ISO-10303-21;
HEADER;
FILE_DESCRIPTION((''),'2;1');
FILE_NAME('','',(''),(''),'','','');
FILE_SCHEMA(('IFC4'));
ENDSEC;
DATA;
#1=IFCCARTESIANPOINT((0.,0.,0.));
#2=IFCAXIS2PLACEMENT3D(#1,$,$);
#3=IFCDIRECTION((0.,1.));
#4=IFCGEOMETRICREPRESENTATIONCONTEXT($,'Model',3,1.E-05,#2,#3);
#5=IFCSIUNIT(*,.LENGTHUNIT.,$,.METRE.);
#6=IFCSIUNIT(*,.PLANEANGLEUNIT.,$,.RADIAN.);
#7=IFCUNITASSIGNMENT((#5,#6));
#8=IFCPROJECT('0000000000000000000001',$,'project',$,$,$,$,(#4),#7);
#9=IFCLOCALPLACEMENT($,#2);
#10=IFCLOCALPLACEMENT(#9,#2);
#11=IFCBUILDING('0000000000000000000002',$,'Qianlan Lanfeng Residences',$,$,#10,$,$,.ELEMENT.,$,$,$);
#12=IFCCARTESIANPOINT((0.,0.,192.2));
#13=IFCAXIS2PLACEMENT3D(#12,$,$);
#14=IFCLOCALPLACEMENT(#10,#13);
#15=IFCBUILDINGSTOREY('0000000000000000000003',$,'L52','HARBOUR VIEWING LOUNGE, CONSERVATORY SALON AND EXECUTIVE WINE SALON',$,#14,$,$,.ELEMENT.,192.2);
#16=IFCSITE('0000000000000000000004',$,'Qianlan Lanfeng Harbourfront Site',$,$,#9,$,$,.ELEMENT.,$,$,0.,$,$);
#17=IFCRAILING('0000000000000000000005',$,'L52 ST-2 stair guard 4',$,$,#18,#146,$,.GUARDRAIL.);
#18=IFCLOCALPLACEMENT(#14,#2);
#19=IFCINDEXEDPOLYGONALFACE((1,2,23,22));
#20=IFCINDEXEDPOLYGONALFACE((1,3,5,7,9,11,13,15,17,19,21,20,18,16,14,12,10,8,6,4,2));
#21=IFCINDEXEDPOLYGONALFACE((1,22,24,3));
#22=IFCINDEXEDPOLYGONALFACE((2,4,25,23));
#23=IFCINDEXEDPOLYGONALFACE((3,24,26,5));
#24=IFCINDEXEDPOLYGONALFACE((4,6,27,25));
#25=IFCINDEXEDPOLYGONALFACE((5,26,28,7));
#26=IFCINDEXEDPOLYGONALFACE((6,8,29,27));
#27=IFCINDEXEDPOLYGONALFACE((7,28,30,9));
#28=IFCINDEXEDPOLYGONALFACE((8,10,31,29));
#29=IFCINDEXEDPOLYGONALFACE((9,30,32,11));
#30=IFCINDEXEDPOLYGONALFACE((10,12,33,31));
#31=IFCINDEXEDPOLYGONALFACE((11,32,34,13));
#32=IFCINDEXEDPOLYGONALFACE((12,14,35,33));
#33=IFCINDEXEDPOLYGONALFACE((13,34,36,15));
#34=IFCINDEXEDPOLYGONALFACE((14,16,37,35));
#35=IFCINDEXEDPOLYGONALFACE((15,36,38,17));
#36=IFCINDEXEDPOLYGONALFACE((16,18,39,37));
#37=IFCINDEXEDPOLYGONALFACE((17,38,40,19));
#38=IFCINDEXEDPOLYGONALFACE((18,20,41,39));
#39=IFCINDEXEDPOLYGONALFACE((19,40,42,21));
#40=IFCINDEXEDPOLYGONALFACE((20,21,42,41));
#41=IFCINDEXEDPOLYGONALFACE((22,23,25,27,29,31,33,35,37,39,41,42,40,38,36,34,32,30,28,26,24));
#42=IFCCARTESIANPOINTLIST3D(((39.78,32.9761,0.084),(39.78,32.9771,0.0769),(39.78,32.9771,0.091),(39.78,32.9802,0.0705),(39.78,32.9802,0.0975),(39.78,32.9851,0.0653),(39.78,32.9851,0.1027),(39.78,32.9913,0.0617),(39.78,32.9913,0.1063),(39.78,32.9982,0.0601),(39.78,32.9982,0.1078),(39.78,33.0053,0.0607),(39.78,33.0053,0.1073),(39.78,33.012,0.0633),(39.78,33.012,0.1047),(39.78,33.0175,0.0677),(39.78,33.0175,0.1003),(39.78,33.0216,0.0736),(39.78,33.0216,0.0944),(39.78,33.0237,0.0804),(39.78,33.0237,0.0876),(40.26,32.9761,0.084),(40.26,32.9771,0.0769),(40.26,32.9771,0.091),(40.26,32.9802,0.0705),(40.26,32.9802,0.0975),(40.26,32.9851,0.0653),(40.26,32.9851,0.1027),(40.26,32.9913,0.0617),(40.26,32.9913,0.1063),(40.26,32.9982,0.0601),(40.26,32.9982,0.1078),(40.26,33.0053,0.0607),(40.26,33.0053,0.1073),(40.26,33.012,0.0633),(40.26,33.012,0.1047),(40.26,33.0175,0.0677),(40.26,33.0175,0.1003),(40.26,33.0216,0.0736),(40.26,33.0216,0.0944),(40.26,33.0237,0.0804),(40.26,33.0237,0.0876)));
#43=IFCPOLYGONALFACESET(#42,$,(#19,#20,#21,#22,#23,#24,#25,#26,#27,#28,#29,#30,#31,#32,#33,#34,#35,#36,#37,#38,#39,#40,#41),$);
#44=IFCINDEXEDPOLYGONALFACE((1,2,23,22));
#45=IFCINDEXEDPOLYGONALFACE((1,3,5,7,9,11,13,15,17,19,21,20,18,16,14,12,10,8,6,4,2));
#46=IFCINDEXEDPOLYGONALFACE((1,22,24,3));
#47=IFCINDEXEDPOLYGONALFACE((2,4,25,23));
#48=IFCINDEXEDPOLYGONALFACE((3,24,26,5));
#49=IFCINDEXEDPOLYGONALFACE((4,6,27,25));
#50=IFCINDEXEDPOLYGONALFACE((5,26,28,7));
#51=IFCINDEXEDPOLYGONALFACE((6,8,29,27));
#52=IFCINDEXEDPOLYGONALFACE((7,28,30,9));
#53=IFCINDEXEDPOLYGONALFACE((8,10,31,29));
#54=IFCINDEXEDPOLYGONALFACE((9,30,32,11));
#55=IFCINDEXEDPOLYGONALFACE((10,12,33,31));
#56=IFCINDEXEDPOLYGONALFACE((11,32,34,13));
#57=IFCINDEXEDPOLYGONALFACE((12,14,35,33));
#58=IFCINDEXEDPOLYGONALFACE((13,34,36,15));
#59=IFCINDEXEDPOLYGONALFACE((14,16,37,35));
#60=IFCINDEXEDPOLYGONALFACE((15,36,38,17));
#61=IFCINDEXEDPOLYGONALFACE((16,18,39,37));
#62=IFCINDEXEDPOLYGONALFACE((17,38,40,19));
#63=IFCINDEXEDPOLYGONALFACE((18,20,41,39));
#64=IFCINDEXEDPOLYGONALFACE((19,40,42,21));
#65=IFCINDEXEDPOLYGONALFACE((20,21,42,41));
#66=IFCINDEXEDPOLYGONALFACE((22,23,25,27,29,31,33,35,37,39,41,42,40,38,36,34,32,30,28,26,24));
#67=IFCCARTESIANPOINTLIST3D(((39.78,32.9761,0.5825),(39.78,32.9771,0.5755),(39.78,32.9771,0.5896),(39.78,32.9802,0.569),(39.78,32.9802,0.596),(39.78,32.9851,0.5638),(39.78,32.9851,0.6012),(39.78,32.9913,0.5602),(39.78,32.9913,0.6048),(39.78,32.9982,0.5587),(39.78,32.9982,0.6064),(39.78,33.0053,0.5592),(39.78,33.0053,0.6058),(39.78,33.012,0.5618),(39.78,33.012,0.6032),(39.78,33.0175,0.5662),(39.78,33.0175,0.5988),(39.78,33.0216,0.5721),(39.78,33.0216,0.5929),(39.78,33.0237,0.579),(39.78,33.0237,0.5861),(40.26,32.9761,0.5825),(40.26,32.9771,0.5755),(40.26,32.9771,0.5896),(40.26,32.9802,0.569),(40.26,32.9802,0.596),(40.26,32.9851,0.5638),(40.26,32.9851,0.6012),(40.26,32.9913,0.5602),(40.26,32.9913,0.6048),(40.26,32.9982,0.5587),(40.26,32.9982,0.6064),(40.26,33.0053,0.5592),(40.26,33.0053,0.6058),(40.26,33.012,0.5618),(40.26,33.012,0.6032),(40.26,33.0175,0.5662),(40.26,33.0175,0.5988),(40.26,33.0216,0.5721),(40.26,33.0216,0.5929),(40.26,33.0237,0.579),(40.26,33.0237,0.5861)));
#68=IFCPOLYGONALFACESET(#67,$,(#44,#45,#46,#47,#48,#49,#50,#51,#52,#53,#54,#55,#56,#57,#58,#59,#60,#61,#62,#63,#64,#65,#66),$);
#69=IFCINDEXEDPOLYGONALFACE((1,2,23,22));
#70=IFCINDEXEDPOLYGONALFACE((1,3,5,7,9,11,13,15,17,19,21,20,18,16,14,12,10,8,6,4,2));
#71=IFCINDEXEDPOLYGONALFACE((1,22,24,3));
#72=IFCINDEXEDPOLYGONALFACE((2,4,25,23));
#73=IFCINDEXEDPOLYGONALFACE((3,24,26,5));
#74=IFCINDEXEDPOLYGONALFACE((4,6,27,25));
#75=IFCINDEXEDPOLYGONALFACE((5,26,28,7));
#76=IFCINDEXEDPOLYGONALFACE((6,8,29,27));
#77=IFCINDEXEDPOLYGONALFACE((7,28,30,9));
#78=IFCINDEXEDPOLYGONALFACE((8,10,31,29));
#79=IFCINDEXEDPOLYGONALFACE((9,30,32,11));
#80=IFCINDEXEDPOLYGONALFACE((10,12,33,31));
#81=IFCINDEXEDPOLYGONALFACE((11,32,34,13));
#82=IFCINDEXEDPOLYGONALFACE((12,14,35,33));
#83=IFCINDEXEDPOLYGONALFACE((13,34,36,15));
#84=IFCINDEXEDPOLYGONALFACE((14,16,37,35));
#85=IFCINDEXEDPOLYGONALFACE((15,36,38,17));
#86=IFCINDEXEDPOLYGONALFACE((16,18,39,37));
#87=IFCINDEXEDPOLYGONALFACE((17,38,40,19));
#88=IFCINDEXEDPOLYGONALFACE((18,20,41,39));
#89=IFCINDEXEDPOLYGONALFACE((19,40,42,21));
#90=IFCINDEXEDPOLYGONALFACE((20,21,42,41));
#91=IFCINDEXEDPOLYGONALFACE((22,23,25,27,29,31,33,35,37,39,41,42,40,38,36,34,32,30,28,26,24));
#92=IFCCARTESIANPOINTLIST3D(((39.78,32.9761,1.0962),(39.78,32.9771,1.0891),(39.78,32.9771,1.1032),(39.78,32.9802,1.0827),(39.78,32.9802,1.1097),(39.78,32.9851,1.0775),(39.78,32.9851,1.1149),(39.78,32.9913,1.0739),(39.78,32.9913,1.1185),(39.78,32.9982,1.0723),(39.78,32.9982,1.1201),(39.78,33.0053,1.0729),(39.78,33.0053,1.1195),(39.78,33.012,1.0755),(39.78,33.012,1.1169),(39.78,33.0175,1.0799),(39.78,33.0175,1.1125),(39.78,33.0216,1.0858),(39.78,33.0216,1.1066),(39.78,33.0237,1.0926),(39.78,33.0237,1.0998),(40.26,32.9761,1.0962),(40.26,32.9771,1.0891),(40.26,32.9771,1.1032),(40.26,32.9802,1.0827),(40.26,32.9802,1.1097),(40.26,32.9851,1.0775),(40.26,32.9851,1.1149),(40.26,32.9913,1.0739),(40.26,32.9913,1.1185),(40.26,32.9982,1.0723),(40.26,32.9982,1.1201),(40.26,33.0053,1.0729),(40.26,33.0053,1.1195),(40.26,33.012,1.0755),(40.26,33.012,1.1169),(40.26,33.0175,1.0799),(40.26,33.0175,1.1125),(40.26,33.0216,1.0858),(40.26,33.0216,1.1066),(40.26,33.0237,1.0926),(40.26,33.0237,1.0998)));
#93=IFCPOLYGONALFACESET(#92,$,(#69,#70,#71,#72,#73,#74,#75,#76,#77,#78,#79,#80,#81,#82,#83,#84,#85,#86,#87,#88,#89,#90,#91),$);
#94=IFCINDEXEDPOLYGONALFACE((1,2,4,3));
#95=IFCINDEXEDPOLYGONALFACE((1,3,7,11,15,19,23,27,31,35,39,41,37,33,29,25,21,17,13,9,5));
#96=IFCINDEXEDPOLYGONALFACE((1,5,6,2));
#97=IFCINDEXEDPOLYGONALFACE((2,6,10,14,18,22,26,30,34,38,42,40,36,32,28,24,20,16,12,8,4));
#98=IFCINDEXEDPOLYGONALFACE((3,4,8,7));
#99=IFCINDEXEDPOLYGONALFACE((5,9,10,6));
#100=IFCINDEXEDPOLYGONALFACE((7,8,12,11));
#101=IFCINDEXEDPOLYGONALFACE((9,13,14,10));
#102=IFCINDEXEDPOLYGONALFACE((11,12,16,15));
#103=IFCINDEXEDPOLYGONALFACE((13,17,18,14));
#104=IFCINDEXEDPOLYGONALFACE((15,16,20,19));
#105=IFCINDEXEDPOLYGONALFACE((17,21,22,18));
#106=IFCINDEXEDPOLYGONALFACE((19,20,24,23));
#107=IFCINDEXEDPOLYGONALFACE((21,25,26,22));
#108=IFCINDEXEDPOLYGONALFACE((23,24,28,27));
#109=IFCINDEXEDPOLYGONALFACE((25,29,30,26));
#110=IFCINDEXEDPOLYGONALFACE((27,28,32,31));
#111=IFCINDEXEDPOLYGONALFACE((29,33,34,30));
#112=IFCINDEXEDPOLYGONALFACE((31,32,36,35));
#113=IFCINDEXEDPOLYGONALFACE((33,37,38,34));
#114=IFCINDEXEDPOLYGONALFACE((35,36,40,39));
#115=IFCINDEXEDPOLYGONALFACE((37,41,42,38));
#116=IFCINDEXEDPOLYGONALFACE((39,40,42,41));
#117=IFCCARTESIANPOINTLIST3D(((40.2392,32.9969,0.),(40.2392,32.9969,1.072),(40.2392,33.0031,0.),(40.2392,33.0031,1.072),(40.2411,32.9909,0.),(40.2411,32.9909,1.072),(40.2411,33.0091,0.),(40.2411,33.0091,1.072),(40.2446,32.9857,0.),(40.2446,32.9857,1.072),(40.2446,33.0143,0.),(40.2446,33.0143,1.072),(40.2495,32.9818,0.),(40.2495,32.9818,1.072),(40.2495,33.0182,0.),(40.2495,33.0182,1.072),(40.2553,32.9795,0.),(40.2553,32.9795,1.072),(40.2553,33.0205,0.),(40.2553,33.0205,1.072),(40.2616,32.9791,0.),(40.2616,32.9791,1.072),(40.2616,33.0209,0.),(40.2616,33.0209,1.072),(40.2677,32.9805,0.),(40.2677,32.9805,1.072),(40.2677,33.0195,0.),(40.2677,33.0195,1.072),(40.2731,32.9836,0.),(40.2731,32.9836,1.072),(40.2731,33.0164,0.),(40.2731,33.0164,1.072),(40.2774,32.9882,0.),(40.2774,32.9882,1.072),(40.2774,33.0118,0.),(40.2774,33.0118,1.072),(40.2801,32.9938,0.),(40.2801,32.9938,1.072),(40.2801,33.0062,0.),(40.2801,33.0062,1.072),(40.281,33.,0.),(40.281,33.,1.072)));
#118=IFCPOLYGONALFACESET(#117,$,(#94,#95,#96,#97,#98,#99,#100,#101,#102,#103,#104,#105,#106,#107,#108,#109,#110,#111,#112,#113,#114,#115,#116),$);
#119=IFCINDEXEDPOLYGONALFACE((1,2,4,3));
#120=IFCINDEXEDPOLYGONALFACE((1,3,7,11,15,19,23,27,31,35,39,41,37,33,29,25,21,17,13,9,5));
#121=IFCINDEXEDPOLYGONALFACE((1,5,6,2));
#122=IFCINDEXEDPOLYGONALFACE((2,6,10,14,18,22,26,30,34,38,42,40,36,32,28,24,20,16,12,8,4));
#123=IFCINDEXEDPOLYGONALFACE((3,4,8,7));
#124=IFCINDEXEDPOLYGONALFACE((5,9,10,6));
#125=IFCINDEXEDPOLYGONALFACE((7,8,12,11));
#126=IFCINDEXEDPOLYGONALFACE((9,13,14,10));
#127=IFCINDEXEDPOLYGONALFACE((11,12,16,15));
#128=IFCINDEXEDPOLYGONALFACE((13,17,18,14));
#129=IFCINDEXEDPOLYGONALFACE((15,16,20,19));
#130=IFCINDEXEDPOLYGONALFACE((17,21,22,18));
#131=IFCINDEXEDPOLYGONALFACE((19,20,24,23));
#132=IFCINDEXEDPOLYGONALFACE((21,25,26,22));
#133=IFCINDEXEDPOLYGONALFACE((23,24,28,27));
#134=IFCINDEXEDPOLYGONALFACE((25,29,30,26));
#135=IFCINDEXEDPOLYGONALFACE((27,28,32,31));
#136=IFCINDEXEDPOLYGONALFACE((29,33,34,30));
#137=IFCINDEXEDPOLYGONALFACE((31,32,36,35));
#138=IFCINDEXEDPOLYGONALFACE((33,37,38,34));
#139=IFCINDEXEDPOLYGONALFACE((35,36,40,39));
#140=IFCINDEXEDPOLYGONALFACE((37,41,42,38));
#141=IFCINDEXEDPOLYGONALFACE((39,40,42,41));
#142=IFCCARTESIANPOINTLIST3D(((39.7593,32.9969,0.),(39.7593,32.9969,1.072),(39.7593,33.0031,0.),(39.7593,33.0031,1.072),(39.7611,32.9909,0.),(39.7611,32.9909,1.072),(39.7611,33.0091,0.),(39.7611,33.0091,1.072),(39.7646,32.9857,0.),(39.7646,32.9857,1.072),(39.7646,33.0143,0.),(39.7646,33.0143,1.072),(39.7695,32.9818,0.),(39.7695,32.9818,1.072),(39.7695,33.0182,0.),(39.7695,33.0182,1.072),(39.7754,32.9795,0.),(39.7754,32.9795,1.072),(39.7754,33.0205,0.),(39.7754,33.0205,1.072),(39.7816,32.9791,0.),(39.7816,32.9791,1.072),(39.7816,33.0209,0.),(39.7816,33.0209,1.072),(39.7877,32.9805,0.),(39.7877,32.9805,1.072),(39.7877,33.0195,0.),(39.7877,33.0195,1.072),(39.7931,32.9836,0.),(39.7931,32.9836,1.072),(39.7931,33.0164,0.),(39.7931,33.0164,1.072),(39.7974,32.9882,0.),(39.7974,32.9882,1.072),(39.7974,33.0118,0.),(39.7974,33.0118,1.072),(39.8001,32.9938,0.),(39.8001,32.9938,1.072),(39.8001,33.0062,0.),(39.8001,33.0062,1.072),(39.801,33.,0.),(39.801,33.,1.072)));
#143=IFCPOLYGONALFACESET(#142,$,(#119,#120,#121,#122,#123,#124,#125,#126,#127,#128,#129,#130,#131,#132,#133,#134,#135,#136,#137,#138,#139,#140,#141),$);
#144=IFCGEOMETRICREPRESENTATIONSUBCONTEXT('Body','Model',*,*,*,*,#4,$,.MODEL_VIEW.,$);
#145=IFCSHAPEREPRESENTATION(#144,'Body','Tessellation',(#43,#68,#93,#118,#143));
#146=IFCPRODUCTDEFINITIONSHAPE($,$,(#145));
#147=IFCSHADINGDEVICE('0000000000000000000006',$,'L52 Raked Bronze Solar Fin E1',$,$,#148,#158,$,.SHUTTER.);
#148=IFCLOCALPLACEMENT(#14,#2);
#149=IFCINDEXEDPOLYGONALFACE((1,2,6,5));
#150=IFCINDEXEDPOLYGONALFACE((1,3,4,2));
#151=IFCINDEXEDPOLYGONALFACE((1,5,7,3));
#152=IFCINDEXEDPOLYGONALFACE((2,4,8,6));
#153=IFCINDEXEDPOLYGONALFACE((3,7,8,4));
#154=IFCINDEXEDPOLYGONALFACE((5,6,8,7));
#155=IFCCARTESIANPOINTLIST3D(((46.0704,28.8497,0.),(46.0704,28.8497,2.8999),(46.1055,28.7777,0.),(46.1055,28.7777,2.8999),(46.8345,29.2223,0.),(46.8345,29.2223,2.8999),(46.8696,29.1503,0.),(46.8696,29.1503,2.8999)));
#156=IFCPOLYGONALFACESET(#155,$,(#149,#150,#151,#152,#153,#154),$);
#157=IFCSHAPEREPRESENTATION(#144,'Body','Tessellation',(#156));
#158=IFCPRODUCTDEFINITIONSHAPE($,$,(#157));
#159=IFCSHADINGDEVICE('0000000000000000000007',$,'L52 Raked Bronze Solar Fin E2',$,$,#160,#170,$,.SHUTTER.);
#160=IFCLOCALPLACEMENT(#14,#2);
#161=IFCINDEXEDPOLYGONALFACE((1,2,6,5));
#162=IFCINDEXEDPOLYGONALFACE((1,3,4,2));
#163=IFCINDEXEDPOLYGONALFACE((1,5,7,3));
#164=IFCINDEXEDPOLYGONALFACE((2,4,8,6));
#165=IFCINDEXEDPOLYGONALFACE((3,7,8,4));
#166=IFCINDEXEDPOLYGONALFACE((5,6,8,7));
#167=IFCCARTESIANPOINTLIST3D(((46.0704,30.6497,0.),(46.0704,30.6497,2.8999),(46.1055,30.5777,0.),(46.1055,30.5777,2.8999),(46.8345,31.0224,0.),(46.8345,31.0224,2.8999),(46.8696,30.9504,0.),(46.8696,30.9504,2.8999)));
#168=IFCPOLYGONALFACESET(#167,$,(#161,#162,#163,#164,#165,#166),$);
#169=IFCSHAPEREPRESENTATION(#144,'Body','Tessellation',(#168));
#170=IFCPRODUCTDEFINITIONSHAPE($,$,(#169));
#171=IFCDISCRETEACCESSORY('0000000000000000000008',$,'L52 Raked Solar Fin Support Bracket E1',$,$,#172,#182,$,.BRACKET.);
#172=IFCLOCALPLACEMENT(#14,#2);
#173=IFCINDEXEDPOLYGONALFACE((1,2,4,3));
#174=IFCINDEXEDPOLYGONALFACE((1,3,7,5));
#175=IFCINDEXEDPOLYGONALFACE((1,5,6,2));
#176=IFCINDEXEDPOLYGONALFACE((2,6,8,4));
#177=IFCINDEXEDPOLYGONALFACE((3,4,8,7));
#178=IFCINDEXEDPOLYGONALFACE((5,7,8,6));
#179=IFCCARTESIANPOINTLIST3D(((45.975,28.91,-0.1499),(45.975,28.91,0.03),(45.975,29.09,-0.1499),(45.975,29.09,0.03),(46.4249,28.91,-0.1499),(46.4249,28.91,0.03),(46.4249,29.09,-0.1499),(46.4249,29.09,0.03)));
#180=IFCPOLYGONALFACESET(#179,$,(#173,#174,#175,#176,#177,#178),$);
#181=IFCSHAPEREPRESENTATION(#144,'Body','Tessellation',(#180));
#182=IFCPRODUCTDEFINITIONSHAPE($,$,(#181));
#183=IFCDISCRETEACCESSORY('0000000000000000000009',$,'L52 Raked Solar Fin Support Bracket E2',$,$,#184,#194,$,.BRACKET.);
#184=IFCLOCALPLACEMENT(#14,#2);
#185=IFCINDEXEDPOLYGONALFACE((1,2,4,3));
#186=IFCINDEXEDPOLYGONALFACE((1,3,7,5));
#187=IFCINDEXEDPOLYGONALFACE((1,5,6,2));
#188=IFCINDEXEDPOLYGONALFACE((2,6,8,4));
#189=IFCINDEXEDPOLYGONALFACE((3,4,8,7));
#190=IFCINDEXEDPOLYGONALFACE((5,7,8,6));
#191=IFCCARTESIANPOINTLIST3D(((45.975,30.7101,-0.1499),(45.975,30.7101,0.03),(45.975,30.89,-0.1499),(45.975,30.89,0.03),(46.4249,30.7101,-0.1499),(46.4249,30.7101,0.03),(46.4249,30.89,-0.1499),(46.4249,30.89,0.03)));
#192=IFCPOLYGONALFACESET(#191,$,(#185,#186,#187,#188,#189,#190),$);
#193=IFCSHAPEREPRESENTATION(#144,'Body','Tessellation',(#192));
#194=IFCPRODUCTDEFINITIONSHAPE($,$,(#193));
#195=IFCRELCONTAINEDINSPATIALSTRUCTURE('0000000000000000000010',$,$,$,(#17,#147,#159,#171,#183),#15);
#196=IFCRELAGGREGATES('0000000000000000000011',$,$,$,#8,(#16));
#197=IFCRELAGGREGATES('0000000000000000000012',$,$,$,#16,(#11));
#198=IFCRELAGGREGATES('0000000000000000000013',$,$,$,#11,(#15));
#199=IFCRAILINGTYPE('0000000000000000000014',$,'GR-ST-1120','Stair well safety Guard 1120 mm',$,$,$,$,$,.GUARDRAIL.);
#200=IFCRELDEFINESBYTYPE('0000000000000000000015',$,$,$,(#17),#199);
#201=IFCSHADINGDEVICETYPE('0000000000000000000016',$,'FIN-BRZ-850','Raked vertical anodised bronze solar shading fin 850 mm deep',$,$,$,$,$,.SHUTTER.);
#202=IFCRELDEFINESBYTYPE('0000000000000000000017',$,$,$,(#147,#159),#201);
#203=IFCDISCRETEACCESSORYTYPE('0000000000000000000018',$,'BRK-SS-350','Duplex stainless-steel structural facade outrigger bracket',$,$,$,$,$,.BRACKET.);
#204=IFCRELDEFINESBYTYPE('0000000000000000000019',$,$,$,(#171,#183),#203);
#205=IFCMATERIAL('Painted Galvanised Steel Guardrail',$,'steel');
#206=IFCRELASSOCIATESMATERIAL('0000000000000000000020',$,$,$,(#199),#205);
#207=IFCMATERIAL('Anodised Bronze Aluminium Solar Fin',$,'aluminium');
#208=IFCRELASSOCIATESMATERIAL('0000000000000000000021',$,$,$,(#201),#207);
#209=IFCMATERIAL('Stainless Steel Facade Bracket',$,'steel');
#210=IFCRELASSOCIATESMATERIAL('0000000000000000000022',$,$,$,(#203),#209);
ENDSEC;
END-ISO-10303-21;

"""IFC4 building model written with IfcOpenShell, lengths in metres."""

from ifc_helpers import new_model, si_unit, direction, frame, origin, origin_2d, place, context, subcontext, project, spatial, rectangle, circle, extrude, source, transform, mapped, material, type_object, element, save


model = new_model("IFC4")

# Units and contexts
model_context = context("Model", 3, precision=1e-05, world=origin(), true_north=direction((0.0, 1.0)))
body_context = subcontext(model_context, "Body", "Model", "MODEL_VIEW")
ifc_project = project(units=[si_unit("LENGTHUNIT", "METRE"), si_unit("PLANEANGLEUNIT", "RADIAN")], contexts=[model_context])

# Site, building, storey
site_placement = place(None, origin())
site = spatial("IfcSite", under=ifc_project, at=site_placement, Name="Qianlan Lanfeng Harbourfront Site", CompositionType="ELEMENT", RefElevation=0.0)
building_placement = place(site_placement, origin())
building = spatial("IfcBuilding", under=site, at=building_placement, Name="Qianlan Lanfeng Residences", CompositionType="ELEMENT")
storey_placement = place(building_placement, frame((0.0, 0.0, 192.2)))
storey = spatial("IfcBuildingStorey", under=building, at=storey_placement, Name="L52", Description="HARBOUR VIEWING LOUNGE, CONSERVATORY SALON AND EXECUTIVE WINE SALON", CompositionType="ELEMENT", Elevation=192.2)

# Railing
ifc_material_1 = material(Name="Painted Galvanised Steel Guardrail", Category="steel")
railing_type_1 = type_object("IfcRailingType", Name="GR-ST-1120", Description="Stair well safety Guard 1120 mm", PredefinedType="GUARDRAIL", material=ifc_material_1)
railing_1_placement = place(storey_placement, frame((40.26, 33.0, 0.0)))
element("IfcRailing", 1, at=railing_1_placement, inside=storey, type_object=railing_type_1, Name="L52 ST-2 stair guard 4", PredefinedType="GUARDRAIL", context=body_context, shape_type="SweptSolid", body=[
    extrude(circle(Radius=0.0239, at=origin_2d()), frame((0.0, 0.0, 0.084), z_axis=(-1.0, 0.0, 0.0), x_axis=(0.0, -1.0, 0.0)), (0.0, 0.0, 1.0), 0.48),
    extrude(circle(Radius=0.0239, at=origin_2d()), frame((0.0, 0.0, 0.5825), z_axis=(-1.0, 0.0, 0.0), x_axis=(0.0, -1.0, 0.0)), (0.0, 0.0, 1.0), 0.48),
    extrude(circle(Radius=0.0239, at=origin_2d()), frame((0.0, 0.0, 1.0962), z_axis=(-1.0, 0.0, 0.0), x_axis=(0.0, -1.0, 0.0)), (0.0, 0.0, 1.0), 0.48),
    extrude(circle(Radius=0.021, at=origin_2d()), origin(), (0.0, 0.0, 1.0), 1.072),
    extrude(circle(Radius=0.021, at=origin_2d()), frame((-0.48, 0.0, 0.0)), (0.0, 0.0, 1.0), 1.072),
])

# Shading devices
ifc_material_2 = material(Name="Anodised Bronze Aluminium Solar Fin", Category="aluminium")
shading_device_type = type_object("IfcShadingDeviceType", Name="FIN-BRZ-850", Description="Raked vertical anodised bronze solar shading fin 850 mm deep", PredefinedType="SHUTTER", material=ifc_material_2)
shared_shape_1 = source(origin(), body_context, "Body", "SweptSolid", [
    extrude(rectangle(XDim=0.8501, YDim=0.0801, at=origin_2d()), origin(), (0.0, 0.0, 1.0), 2.8999),
])
for number, where, z_axis, x_axis, name in (
    (2, (46.47, 29.0, 0.0), (0.0, 0.0, 1.0), (0.898794, 0.438371, 0.0), "L52 Raked Bronze Solar Fin E1"),
    (3, (46.47, 30.8, 0.0), (0.0, 0.0, 1.0), (0.898794, 0.438371, 0.0), "L52 Raked Bronze Solar Fin E2"),
):
    element("IfcShadingDevice", number, at=place(storey_placement, frame(where, z_axis=z_axis, x_axis=x_axis)), inside=storey, type_object=shading_device_type, Name=name, PredefinedType="SHUTTER", context=body_context, shape_type="MappedRepresentation", body=[
        mapped(shared_shape_1, transform((0.0, 0.0, 0.0), scale=1.0)),
    ])

# Discrete accessories
ifc_material_3 = material(Name="Stainless Steel Facade Bracket", Category="steel")
discrete_accessory_type = type_object("IfcDiscreteAccessoryType", Name="BRK-SS-350", Description="Duplex stainless-steel structural facade outrigger bracket", PredefinedType="BRACKET", material=ifc_material_3)
shared_shape_2 = source(origin(), body_context, "Body", "SweptSolid", [
    extrude(rectangle(XDim=0.45, YDim=0.1799, at=origin_2d()), origin(), (0.0, 0.0, 1.0), 0.1799),
])
for number, where, z_axis, x_axis, name in (
    (4, (46.2, 29.0, -0.1499), (0.0, 0.0, 1.0), (1.0, 0.0, 0.0), "L52 Raked Solar Fin Support Bracket E1"),
    (5, (46.2, 30.8, -0.1499), (0.0, 0.0, 1.0), (1.0, 0.0, 0.0), "L52 Raked Solar Fin Support Bracket E2"),
):
    element("IfcDiscreteAccessory", number, at=place(storey_placement, frame(where, z_axis=z_axis, x_axis=x_axis)), inside=storey, type_object=discrete_accessory_type, Name=name, PredefinedType="BRACKET", context=body_context, shape_type="MappedRepresentation", body=[
        mapped(shared_shape_2, transform((0.0, 0.0, 0.0), scale=1.0)),
    ])

save(model, "model.ifc")
